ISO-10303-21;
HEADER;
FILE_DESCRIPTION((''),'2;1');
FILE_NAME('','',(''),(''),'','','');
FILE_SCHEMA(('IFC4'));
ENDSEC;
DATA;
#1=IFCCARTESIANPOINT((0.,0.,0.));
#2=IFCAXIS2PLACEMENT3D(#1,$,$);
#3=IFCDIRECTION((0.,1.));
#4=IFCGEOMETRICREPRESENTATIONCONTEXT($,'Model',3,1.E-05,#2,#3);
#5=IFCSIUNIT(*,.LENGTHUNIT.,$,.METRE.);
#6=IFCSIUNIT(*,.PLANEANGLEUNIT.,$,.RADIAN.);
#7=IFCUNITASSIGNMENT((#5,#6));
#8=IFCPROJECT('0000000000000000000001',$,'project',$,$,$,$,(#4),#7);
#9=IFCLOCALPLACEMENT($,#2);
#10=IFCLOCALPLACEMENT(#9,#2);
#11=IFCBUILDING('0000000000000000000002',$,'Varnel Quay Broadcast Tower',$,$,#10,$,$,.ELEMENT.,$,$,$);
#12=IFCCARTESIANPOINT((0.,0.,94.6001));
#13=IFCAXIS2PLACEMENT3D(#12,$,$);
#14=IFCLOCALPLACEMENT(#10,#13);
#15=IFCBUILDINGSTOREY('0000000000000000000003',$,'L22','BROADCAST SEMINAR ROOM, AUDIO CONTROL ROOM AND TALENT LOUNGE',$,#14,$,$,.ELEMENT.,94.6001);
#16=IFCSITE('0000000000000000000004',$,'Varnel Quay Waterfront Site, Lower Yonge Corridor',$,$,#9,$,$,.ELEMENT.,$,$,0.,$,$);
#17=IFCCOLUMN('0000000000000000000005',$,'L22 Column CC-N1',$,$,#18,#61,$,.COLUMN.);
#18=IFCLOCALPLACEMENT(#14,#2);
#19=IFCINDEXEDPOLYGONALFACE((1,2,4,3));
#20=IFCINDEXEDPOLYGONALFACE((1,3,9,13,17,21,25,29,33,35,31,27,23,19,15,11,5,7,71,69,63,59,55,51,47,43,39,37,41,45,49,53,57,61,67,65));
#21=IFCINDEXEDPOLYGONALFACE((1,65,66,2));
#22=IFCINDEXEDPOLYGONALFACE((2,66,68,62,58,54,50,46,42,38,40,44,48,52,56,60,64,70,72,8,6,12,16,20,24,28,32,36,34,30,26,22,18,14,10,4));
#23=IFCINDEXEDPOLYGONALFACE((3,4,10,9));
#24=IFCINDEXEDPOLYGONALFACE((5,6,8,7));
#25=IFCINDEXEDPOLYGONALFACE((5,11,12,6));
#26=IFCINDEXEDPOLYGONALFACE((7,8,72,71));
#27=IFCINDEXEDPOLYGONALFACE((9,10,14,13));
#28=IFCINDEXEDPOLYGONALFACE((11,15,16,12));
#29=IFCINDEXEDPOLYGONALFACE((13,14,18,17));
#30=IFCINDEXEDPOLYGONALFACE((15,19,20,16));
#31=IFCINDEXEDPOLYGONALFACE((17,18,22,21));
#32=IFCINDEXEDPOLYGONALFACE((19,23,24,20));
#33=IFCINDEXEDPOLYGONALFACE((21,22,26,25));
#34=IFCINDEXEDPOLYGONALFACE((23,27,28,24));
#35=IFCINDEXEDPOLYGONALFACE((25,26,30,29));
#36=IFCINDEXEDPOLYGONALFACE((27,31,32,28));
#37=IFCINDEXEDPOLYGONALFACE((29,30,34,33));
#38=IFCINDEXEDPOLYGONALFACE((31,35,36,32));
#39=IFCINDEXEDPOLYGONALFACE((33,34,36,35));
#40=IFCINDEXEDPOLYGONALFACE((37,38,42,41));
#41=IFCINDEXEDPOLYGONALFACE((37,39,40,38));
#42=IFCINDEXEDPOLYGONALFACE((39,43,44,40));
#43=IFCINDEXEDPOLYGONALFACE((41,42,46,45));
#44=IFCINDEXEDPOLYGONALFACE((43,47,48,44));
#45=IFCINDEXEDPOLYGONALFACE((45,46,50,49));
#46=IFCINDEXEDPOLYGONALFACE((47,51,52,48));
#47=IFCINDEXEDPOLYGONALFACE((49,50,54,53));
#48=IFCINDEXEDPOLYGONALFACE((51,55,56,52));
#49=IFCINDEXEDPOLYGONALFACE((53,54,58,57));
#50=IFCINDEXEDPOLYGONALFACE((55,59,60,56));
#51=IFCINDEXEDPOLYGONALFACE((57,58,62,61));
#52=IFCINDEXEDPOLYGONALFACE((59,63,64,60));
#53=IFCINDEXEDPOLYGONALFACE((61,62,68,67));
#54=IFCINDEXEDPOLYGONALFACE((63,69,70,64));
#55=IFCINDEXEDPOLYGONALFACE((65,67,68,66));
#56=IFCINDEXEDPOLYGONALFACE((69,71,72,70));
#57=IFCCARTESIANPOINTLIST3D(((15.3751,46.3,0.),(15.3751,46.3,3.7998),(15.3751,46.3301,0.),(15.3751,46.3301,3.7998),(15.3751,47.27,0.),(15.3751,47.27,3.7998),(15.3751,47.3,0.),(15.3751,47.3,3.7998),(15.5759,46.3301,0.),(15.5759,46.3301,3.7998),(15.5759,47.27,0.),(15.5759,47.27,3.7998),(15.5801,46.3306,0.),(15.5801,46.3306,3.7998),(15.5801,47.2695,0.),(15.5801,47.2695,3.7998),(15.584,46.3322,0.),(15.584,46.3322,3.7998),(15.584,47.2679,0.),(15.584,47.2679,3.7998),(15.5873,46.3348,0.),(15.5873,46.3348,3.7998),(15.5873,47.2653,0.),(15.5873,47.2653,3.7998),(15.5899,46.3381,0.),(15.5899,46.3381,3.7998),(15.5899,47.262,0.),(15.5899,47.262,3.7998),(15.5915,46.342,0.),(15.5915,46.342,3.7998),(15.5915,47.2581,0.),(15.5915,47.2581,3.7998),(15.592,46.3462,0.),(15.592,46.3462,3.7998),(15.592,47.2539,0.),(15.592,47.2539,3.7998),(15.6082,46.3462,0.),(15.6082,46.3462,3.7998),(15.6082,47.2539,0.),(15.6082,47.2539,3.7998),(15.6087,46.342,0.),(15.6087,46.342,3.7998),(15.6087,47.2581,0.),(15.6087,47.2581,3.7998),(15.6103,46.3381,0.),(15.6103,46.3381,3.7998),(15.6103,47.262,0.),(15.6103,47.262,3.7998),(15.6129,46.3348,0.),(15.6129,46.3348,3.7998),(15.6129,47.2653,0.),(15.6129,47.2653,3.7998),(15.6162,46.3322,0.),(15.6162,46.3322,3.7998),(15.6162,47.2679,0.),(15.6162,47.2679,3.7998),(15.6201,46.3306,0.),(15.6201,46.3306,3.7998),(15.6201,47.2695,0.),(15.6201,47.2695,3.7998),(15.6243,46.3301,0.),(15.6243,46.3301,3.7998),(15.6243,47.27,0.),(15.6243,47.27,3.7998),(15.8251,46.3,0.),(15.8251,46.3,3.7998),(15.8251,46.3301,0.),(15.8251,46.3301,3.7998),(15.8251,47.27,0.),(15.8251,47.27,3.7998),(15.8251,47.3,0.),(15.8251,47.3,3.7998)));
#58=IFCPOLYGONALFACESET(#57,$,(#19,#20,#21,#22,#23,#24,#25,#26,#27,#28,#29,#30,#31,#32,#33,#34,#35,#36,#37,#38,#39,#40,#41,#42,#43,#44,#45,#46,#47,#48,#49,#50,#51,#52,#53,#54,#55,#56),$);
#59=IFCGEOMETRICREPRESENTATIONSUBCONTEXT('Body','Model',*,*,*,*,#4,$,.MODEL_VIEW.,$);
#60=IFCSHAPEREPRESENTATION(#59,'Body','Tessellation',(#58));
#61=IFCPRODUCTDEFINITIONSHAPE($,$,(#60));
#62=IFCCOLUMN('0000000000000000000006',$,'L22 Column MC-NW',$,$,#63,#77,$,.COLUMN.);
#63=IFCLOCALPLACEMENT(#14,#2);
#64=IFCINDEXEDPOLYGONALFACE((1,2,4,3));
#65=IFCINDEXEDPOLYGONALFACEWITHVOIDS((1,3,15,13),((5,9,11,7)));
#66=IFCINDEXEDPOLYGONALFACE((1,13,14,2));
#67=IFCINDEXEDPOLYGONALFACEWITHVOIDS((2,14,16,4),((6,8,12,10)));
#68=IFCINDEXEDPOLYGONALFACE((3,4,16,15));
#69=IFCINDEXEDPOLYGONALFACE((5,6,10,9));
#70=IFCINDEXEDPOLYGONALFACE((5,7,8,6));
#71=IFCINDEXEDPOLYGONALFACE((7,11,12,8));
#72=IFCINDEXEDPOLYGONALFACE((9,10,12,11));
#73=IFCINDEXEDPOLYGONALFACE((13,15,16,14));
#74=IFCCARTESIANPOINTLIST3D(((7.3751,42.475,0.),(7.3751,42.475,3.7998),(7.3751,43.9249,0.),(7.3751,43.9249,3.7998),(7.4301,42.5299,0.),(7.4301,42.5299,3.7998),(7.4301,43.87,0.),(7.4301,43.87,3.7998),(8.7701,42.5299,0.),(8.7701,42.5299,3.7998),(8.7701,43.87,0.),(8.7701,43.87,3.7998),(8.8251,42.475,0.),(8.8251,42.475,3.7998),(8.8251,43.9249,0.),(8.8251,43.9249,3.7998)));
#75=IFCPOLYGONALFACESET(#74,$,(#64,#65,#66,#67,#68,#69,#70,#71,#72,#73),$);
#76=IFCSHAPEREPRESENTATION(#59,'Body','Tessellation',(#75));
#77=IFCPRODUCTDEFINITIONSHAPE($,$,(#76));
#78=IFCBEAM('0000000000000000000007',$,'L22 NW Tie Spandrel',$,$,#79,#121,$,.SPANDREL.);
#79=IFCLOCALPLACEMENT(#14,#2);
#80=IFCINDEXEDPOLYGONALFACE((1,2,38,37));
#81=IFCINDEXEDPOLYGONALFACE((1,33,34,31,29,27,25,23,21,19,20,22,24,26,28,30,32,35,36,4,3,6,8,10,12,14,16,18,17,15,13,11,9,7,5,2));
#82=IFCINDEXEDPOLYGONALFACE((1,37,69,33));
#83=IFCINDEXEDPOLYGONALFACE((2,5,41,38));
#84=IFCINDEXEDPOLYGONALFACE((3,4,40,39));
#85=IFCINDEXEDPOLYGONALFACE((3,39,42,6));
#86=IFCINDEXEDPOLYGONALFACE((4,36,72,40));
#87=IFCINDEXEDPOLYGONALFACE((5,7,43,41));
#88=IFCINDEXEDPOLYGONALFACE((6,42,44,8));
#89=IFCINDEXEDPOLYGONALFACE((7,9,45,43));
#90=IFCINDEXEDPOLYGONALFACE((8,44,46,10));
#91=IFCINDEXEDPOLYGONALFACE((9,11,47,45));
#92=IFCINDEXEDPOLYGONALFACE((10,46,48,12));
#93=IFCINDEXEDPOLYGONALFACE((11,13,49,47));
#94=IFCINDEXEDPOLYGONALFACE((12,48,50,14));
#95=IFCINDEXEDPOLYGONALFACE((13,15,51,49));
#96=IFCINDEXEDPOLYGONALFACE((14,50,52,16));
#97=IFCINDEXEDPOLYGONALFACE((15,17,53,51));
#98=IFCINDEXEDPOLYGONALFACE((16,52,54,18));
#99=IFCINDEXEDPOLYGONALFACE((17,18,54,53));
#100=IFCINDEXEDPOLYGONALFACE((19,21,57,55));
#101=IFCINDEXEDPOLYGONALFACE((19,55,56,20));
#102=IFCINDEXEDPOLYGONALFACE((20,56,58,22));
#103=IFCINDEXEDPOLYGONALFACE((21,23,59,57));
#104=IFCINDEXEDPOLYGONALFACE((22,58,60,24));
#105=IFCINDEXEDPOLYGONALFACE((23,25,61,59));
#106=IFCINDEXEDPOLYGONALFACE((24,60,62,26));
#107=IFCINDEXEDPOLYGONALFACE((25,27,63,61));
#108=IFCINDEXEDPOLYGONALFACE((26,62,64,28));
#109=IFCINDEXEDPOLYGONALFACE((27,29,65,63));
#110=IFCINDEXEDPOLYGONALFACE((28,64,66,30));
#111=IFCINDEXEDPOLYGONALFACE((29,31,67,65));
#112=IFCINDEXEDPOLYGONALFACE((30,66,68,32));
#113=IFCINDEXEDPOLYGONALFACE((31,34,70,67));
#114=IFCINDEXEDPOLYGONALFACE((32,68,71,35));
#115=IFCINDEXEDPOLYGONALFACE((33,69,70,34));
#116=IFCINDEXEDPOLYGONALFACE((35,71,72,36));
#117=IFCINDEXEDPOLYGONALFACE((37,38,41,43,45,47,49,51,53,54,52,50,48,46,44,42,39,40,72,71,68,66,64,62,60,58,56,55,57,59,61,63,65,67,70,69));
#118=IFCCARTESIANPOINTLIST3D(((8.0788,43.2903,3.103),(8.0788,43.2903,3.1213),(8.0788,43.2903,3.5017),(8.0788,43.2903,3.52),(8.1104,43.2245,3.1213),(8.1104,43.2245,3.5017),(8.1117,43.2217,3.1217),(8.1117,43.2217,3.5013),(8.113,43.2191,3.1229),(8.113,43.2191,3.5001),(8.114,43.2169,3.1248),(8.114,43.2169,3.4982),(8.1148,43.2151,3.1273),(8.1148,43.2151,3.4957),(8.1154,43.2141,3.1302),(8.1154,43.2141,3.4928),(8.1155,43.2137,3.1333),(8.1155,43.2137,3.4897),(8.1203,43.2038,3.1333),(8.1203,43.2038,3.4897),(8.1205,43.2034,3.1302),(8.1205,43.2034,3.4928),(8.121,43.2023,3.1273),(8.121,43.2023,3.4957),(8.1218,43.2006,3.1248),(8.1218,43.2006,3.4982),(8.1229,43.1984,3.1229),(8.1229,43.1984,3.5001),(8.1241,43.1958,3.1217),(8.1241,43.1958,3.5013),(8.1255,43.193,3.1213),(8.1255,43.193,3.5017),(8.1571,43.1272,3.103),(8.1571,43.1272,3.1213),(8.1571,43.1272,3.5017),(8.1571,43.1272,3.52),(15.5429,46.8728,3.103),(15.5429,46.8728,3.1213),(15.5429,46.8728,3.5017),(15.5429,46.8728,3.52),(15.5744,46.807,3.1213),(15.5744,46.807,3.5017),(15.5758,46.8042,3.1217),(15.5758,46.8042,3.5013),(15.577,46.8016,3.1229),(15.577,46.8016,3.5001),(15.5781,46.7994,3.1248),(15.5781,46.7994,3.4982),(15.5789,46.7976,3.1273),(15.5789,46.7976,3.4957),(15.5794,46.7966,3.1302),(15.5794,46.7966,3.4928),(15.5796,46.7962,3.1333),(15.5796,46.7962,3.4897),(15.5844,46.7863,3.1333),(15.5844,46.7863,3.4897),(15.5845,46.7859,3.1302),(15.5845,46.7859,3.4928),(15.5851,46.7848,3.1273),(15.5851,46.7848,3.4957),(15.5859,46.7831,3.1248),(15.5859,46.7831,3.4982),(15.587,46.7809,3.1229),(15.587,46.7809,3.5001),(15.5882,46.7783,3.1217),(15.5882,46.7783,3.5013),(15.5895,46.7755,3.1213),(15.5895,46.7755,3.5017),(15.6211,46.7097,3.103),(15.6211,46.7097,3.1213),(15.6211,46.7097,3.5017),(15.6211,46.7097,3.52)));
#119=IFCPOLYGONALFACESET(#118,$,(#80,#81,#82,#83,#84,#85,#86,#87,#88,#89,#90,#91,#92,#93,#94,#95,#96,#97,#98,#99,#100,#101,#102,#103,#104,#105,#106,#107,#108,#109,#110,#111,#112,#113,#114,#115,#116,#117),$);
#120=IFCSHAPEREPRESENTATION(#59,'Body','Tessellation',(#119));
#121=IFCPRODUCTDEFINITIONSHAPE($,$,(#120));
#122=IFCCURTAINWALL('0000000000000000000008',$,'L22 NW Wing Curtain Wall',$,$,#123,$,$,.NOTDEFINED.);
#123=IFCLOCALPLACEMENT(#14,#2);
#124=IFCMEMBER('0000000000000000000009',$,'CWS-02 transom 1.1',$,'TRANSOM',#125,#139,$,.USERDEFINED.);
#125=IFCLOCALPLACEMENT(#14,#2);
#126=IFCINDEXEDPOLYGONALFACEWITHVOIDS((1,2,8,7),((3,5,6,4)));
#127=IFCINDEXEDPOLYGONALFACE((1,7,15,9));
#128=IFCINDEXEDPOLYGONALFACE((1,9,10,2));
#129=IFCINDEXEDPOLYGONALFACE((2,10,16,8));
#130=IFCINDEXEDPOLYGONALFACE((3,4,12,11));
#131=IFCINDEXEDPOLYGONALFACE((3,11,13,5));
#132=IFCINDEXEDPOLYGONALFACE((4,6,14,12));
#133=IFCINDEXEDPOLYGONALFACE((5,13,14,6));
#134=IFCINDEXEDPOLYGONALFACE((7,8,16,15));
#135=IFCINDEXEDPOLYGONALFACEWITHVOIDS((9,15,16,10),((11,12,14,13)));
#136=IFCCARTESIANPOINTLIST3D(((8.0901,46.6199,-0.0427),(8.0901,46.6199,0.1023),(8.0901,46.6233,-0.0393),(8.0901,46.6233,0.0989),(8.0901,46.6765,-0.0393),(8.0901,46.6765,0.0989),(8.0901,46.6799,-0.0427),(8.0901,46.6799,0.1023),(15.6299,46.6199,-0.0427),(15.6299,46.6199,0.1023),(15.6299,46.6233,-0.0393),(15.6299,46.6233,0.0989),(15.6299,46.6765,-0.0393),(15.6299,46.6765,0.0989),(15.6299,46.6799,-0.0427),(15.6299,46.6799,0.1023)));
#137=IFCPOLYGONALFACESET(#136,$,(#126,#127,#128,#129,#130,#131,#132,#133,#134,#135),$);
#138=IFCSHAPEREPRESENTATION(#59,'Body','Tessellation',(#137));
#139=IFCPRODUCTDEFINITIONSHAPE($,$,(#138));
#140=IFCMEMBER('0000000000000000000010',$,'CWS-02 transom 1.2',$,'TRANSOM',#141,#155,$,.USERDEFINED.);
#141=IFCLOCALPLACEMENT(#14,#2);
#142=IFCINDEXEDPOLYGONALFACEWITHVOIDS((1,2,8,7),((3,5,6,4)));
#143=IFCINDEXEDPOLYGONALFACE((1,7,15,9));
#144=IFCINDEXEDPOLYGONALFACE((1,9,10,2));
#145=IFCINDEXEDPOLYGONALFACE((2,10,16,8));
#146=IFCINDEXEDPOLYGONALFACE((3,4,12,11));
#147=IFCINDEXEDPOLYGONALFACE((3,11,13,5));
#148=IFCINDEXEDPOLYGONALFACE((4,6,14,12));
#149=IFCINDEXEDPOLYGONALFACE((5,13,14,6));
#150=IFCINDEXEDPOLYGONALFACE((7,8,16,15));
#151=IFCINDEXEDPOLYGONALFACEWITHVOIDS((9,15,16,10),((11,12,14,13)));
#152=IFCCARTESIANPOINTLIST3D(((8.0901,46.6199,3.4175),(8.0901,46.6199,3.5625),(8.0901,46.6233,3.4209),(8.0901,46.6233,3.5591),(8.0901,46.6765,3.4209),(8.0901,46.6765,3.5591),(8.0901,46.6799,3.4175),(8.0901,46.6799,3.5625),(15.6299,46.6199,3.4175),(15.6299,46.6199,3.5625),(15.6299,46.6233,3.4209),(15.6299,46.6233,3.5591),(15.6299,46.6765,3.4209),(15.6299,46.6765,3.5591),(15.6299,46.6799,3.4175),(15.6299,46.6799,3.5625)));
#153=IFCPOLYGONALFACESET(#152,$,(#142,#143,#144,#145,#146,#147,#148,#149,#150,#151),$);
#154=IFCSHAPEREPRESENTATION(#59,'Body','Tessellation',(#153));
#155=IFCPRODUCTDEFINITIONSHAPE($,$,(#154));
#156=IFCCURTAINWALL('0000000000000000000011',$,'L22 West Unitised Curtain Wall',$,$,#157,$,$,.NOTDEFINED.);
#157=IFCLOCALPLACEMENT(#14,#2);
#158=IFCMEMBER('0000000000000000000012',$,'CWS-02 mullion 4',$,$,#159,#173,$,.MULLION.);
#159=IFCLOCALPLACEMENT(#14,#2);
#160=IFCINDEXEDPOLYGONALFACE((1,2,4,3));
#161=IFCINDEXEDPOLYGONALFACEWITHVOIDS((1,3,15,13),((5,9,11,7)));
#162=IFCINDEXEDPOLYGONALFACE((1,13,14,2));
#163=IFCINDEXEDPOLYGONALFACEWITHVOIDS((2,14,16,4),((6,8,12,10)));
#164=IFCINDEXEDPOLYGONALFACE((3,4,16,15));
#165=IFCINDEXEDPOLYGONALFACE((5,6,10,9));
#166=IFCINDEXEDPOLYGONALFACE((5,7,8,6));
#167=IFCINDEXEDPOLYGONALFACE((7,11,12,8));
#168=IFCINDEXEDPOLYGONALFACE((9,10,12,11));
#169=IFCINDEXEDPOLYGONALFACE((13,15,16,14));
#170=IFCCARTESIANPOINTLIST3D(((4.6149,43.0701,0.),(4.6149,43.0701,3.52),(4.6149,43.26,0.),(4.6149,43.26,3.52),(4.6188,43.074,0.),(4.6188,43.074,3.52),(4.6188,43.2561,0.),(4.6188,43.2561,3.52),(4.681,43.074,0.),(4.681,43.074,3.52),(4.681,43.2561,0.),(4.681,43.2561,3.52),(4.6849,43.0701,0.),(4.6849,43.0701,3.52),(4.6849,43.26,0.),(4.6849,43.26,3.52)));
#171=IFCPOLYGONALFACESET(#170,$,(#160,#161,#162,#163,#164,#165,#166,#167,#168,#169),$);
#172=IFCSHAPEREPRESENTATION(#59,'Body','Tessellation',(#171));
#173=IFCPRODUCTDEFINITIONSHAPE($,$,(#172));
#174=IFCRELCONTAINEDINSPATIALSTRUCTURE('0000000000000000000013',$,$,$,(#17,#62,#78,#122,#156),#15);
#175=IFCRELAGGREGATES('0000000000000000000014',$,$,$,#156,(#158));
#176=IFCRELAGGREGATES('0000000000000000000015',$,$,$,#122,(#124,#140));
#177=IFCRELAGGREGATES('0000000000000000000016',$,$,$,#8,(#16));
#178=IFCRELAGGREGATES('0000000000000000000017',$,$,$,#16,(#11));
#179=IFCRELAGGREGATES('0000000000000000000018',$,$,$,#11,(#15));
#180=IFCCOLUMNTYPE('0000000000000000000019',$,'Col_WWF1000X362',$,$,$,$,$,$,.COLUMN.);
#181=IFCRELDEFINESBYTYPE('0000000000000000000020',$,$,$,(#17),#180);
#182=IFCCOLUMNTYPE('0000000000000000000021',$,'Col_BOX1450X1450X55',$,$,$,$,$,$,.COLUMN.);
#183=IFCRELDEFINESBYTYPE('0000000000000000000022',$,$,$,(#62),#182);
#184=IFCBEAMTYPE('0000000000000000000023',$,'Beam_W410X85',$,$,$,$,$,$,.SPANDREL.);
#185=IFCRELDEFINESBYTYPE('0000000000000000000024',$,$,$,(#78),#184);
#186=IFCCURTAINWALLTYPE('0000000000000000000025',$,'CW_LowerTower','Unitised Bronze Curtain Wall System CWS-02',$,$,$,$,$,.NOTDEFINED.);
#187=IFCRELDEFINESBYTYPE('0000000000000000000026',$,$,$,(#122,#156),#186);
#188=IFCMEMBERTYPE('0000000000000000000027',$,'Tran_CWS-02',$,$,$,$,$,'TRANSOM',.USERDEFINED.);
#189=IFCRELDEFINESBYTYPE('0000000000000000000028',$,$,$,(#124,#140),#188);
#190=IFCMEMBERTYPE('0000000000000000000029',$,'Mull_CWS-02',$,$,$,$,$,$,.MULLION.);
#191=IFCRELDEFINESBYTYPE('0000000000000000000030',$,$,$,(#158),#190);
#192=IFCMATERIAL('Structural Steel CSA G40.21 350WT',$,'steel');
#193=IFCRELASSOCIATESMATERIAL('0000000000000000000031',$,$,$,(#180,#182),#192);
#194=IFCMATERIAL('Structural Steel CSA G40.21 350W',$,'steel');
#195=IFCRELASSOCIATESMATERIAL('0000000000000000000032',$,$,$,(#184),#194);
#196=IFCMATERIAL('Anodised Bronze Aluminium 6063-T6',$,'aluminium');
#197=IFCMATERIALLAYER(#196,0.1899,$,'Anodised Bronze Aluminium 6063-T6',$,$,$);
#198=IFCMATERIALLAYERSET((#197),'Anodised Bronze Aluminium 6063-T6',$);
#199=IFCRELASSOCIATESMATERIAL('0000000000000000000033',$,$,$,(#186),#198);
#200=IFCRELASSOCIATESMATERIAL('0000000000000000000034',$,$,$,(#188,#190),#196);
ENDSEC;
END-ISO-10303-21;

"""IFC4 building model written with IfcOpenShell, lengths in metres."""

from ifc_helpers import new_model, si_unit, direction, frame, origin, origin_2d, place, context, subcontext, project, spatial, hollow_rectangle, i_section, extrude, source, transform, mapped, material, layer, layer_set, material_profile, profile_set, type_object, type_shapes, element, aggregate, save


model = new_model("IFC4")

# Units and contexts
model_context = context("Model", 3, precision=1e-05, world=origin(), true_north=direction((0.0, 1.0)))
body_context = subcontext(model_context, "Body", "Model", "MODEL_VIEW")
ifc_project = project(units=[si_unit("LENGTHUNIT", "METRE"), si_unit("PLANEANGLEUNIT", "RADIAN")], contexts=[model_context])

# Site, building, storey
site_placement = place(None, origin())
site = spatial("IfcSite", under=ifc_project, at=site_placement, Name="Varnel Quay Waterfront Site, Lower Yonge Corridor", CompositionType="ELEMENT", RefElevation=0.0)
building_placement = place(site_placement, origin())
building = spatial("IfcBuilding", under=site, at=building_placement, Name="Varnel Quay Broadcast Tower", CompositionType="ELEMENT")
storey_placement = place(building_placement, frame((0.0, 0.0, 94.6001)))
storey = spatial("IfcBuildingStorey", under=building, at=storey_placement, Name="L22", Description="BROADCAST SEMINAR ROOM, AUDIO CONTROL ROOM AND TALENT LOUNGE", CompositionType="ELEMENT", Elevation=94.6001)

# Columns
ifc_material_1 = material(Name="Structural Steel CSA G40.21 350WT", Category="steel")
ifc_material_profile_1 = material_profile(ifc_material_1, i_section(OverallWidth=0.45, OverallDepth=1.0, WebThickness=0.0161, FlangeThickness=0.03, FilletRadius=0.0161, at=origin_2d()), Name="WWF1000X362")
ifc_profile_set_1 = profile_set([ifc_material_profile_1], Name="Structural Steel CSA G40.21 350WT")
column_type_1 = type_object("IfcColumnType", Name="Col_WWF1000X362", PredefinedType="COLUMN", material=ifc_profile_set_1)
shared_shape_1 = source(origin(), body_context, "Body", "SweptSolid", [
    extrude(i_section(OverallWidth=0.45, OverallDepth=1.0, WebThickness=0.0161, FlangeThickness=0.03, FilletRadius=0.0161, at=origin_2d()), origin(), (0.0, 0.0, 1.0), 3.7998),
])
type_shapes(column_type_1, [shared_shape_1])
column_1_placement = place(storey_placement, frame((15.6001, 46.8, 0.0), z_axis=(0.0, 0.0, 1.0), x_axis=(1.0, 0.0, 0.0)))
element("IfcColumn", 1, at=column_1_placement, inside=storey, type_object=column_type_1, Name="L22 Column CC-N1", PredefinedType="COLUMN", context=body_context, shape_type="MappedRepresentation", body=[
    mapped(shared_shape_1, transform((0.0, 0.0, 0.0), x_axis=(1.0, 0.0, 0.0), y_axis=(0.0, 1.0, 0.0), z_axis=(0.0, 0.0, 1.0), scale=1.0)),
])
ifc_material_profile_2 = material_profile(ifc_material_1, hollow_rectangle(XDim=1.45, YDim=1.45, WallThickness=0.0549, at=origin_2d()), Name="BOX1450X1450X55")
ifc_profile_set_2 = profile_set([ifc_material_profile_2], Name="Structural Steel CSA G40.21 350WT")
column_type_2 = type_object("IfcColumnType", Name="Col_BOX1450X1450X55", PredefinedType="COLUMN", material=ifc_profile_set_2)
shared_shape_2 = source(origin(), body_context, "Body", "SweptSolid", [
    extrude(hollow_rectangle(XDim=1.45, YDim=1.45, WallThickness=0.0549, at=origin_2d()), origin(), (0.0, 0.0, 1.0), 3.7998),
])
type_shapes(column_type_2, [shared_shape_2])
column_2_placement = place(storey_placement, frame((8.1001, 43.2, 0.0), z_axis=(0.0, 0.0, 1.0), x_axis=(1.0, 0.0, 0.0)))
element("IfcColumn", 2, at=column_2_placement, inside=storey, type_object=column_type_2, Name="L22 Column MC-NW", PredefinedType="COLUMN", context=body_context, shape_type="MappedRepresentation", body=[
    mapped(shared_shape_2, transform((0.0, 0.0, 0.0), x_axis=(1.0, 0.0, 0.0), y_axis=(0.0, 1.0, 0.0), z_axis=(0.0, 0.0, 1.0), scale=1.0)),
])

# Beam
ifc_material_2 = material(Name="Structural Steel CSA G40.21 350W", Category="steel")
ifc_material_profile_3 = material_profile(ifc_material_2, i_section(OverallWidth=0.1809, OverallDepth=0.417, WebThickness=0.011, FlangeThickness=0.0183, FilletRadius=0.012, at=origin_2d()), Name="W410X85")
ifc_profile_set_3 = profile_set([ifc_material_profile_3], Name="Structural Steel CSA G40.21 350W")
beam_type = type_object("IfcBeamType", Name="Beam_W410X85", PredefinedType="SPANDREL", material=ifc_profile_set_3)
shared_shape_3 = source(origin(), body_context, "Body", "SweptSolid", [
    extrude(i_section(OverallWidth=0.1809, OverallDepth=0.417, WebThickness=0.011, FlangeThickness=0.0183, FilletRadius=0.012, at=origin_2d()), origin(), (0.0, 0.0, 1.0), 8.2793),
])
type_shapes(beam_type, [shared_shape_3])
beam_placement = place(storey_placement, frame((8.1179, 43.2087, 3.3115), z_axis=(0.901535, 0.432706, 0.0), x_axis=(-0.432706, 0.901535, 0.0)))
element("IfcBeam", 3, at=beam_placement, inside=storey, type_object=beam_type, Name="L22 NW Tie Spandrel", PredefinedType="SPANDREL", context=body_context, shape_type="MappedRepresentation", body=[
    mapped(shared_shape_3, transform((0.0, 0.0, 0.0), x_axis=(1.0, 0.0, 0.0), y_axis=(0.0, 1.0, 0.0), z_axis=(0.0, 0.0, 1.0), scale=1.0)),
])

# Curtain wall, members
ifc_material_3 = material(Name="Anodised Bronze Aluminium 6063-T6", Category="aluminium")
ifc_layer_1 = layer(ifc_material_3, 0.1899, Name="Anodised Bronze Aluminium 6063-T6")
ifc_layer_set_1 = layer_set([ifc_layer_1], Name="Anodised Bronze Aluminium 6063-T6")
curtain_wall_type = type_object("IfcCurtainWallType", Name="CW_LowerTower", Description="Unitised Bronze Curtain Wall System CWS-02", PredefinedType="NOTDEFINED", material=ifc_layer_set_1)
curtain_wall_1_placement = place(storey_placement, origin())
curtain_wall_1 = element("IfcCurtainWall", 4, at=curtain_wall_1_placement, inside=storey, type_object=curtain_wall_type, Name="L22 NW Wing Curtain Wall", PredefinedType="NOTDEFINED")
ifc_material_profile_4 = material_profile(ifc_material_3, hollow_rectangle(XDim=0.0601, YDim=0.145, WallThickness=0.0034, at=origin_2d()), Name="ALU60X145X3.5")
ifc_profile_set_4 = profile_set([ifc_material_profile_4], Name="Anodised Bronze Aluminium 6063-T6")
member_type_1 = type_object("IfcMemberType", Name="Tran_CWS-02", ElementType="TRANSOM", PredefinedType="USERDEFINED", material=ifc_profile_set_4)
shared_shape_4 = source(origin(), body_context, "Body", "SweptSolid", [
    extrude(hollow_rectangle(XDim=0.0601, YDim=0.145, WallThickness=0.0034, at=origin_2d()), origin(), (0.0, 0.0, 1.0), 7.5398),
])
type_shapes(member_type_1, [shared_shape_4])
member_1_placement = place(storey_placement, frame((8.0901, 46.6499, 0.0298), z_axis=(1.0, 0.0, 0.0), x_axis=(0.0, 1.0, 0.0)))
member_1 = element("IfcMember", 5, at=member_1_placement, type_object=member_type_1, Name="CWS-02 transom 1.1", ObjectType="TRANSOM", PredefinedType="USERDEFINED", context=body_context, shape_type="MappedRepresentation", body=[
    mapped(shared_shape_4, transform((0.0, 0.0, 0.0), x_axis=(1.0, 0.0, 0.0), y_axis=(0.0, 1.0, 0.0), z_axis=(0.0, 0.0, 1.0), scale=1.0)),
])
member_2_placement = place(storey_placement, frame((8.0901, 46.6499, 3.49), z_axis=(1.0, 0.0, 0.0), x_axis=(0.0, 1.0, 0.0)))
member_2 = element("IfcMember", 6, at=member_2_placement, type_object=member_type_1, Name="CWS-02 transom 1.2", ObjectType="TRANSOM", PredefinedType="USERDEFINED", context=body_context, shape_type="MappedRepresentation", body=[
    mapped(shared_shape_4, transform((0.0, 0.0, 0.0), x_axis=(1.0, 0.0, 0.0), y_axis=(0.0, 1.0, 0.0), z_axis=(0.0, 0.0, 1.0), scale=1.0)),
])

# Curtain wall, member
curtain_wall_2_placement = place(storey_placement, origin())
curtain_wall_2 = element("IfcCurtainWall", 7, at=curtain_wall_2_placement, inside=storey, type_object=curtain_wall_type, Name="L22 West Unitised Curtain Wall", PredefinedType="NOTDEFINED")
ifc_material_profile_5 = material_profile(ifc_material_3, hollow_rectangle(XDim=0.0701, YDim=0.1899, WallThickness=0.0039, at=origin_2d()), Name="ALU70X190X4")
ifc_profile_set_5 = profile_set([ifc_material_profile_5], Name="Anodised Bronze Aluminium 6063-T6")
member_type_2 = type_object("IfcMemberType", Name="Mull_CWS-02", PredefinedType="MULLION", material=ifc_profile_set_5)
shared_shape_5 = source(origin(), body_context, "Body", "SweptSolid", [
    extrude(hollow_rectangle(XDim=0.0701, YDim=0.1899, WallThickness=0.0039, at=origin_2d()), origin(), (0.0, 0.0, 1.0), 3.52),
])
type_shapes(member_type_2, [shared_shape_5])
member_3_placement = place(storey_placement, frame((4.6499, 43.165, 0.0), z_axis=(0.0, 0.0, 1.0), x_axis=(-1.0, 0.0, 0.0)))
member_3 = element("IfcMember", 8, at=member_3_placement, type_object=member_type_2, Name="CWS-02 mullion 4", PredefinedType="MULLION", context=body_context, shape_type="MappedRepresentation", body=[
    mapped(shared_shape_5, transform((0.0, 0.0, 0.0), x_axis=(1.0, 0.0, 0.0), y_axis=(0.0, 1.0, 0.0), z_axis=(0.0, 0.0, 1.0), scale=1.0)),
])

aggregate(curtain_wall_2, [member_3])
aggregate(curtain_wall_1, [member_1, member_2])

save(model, "model.ifc")
